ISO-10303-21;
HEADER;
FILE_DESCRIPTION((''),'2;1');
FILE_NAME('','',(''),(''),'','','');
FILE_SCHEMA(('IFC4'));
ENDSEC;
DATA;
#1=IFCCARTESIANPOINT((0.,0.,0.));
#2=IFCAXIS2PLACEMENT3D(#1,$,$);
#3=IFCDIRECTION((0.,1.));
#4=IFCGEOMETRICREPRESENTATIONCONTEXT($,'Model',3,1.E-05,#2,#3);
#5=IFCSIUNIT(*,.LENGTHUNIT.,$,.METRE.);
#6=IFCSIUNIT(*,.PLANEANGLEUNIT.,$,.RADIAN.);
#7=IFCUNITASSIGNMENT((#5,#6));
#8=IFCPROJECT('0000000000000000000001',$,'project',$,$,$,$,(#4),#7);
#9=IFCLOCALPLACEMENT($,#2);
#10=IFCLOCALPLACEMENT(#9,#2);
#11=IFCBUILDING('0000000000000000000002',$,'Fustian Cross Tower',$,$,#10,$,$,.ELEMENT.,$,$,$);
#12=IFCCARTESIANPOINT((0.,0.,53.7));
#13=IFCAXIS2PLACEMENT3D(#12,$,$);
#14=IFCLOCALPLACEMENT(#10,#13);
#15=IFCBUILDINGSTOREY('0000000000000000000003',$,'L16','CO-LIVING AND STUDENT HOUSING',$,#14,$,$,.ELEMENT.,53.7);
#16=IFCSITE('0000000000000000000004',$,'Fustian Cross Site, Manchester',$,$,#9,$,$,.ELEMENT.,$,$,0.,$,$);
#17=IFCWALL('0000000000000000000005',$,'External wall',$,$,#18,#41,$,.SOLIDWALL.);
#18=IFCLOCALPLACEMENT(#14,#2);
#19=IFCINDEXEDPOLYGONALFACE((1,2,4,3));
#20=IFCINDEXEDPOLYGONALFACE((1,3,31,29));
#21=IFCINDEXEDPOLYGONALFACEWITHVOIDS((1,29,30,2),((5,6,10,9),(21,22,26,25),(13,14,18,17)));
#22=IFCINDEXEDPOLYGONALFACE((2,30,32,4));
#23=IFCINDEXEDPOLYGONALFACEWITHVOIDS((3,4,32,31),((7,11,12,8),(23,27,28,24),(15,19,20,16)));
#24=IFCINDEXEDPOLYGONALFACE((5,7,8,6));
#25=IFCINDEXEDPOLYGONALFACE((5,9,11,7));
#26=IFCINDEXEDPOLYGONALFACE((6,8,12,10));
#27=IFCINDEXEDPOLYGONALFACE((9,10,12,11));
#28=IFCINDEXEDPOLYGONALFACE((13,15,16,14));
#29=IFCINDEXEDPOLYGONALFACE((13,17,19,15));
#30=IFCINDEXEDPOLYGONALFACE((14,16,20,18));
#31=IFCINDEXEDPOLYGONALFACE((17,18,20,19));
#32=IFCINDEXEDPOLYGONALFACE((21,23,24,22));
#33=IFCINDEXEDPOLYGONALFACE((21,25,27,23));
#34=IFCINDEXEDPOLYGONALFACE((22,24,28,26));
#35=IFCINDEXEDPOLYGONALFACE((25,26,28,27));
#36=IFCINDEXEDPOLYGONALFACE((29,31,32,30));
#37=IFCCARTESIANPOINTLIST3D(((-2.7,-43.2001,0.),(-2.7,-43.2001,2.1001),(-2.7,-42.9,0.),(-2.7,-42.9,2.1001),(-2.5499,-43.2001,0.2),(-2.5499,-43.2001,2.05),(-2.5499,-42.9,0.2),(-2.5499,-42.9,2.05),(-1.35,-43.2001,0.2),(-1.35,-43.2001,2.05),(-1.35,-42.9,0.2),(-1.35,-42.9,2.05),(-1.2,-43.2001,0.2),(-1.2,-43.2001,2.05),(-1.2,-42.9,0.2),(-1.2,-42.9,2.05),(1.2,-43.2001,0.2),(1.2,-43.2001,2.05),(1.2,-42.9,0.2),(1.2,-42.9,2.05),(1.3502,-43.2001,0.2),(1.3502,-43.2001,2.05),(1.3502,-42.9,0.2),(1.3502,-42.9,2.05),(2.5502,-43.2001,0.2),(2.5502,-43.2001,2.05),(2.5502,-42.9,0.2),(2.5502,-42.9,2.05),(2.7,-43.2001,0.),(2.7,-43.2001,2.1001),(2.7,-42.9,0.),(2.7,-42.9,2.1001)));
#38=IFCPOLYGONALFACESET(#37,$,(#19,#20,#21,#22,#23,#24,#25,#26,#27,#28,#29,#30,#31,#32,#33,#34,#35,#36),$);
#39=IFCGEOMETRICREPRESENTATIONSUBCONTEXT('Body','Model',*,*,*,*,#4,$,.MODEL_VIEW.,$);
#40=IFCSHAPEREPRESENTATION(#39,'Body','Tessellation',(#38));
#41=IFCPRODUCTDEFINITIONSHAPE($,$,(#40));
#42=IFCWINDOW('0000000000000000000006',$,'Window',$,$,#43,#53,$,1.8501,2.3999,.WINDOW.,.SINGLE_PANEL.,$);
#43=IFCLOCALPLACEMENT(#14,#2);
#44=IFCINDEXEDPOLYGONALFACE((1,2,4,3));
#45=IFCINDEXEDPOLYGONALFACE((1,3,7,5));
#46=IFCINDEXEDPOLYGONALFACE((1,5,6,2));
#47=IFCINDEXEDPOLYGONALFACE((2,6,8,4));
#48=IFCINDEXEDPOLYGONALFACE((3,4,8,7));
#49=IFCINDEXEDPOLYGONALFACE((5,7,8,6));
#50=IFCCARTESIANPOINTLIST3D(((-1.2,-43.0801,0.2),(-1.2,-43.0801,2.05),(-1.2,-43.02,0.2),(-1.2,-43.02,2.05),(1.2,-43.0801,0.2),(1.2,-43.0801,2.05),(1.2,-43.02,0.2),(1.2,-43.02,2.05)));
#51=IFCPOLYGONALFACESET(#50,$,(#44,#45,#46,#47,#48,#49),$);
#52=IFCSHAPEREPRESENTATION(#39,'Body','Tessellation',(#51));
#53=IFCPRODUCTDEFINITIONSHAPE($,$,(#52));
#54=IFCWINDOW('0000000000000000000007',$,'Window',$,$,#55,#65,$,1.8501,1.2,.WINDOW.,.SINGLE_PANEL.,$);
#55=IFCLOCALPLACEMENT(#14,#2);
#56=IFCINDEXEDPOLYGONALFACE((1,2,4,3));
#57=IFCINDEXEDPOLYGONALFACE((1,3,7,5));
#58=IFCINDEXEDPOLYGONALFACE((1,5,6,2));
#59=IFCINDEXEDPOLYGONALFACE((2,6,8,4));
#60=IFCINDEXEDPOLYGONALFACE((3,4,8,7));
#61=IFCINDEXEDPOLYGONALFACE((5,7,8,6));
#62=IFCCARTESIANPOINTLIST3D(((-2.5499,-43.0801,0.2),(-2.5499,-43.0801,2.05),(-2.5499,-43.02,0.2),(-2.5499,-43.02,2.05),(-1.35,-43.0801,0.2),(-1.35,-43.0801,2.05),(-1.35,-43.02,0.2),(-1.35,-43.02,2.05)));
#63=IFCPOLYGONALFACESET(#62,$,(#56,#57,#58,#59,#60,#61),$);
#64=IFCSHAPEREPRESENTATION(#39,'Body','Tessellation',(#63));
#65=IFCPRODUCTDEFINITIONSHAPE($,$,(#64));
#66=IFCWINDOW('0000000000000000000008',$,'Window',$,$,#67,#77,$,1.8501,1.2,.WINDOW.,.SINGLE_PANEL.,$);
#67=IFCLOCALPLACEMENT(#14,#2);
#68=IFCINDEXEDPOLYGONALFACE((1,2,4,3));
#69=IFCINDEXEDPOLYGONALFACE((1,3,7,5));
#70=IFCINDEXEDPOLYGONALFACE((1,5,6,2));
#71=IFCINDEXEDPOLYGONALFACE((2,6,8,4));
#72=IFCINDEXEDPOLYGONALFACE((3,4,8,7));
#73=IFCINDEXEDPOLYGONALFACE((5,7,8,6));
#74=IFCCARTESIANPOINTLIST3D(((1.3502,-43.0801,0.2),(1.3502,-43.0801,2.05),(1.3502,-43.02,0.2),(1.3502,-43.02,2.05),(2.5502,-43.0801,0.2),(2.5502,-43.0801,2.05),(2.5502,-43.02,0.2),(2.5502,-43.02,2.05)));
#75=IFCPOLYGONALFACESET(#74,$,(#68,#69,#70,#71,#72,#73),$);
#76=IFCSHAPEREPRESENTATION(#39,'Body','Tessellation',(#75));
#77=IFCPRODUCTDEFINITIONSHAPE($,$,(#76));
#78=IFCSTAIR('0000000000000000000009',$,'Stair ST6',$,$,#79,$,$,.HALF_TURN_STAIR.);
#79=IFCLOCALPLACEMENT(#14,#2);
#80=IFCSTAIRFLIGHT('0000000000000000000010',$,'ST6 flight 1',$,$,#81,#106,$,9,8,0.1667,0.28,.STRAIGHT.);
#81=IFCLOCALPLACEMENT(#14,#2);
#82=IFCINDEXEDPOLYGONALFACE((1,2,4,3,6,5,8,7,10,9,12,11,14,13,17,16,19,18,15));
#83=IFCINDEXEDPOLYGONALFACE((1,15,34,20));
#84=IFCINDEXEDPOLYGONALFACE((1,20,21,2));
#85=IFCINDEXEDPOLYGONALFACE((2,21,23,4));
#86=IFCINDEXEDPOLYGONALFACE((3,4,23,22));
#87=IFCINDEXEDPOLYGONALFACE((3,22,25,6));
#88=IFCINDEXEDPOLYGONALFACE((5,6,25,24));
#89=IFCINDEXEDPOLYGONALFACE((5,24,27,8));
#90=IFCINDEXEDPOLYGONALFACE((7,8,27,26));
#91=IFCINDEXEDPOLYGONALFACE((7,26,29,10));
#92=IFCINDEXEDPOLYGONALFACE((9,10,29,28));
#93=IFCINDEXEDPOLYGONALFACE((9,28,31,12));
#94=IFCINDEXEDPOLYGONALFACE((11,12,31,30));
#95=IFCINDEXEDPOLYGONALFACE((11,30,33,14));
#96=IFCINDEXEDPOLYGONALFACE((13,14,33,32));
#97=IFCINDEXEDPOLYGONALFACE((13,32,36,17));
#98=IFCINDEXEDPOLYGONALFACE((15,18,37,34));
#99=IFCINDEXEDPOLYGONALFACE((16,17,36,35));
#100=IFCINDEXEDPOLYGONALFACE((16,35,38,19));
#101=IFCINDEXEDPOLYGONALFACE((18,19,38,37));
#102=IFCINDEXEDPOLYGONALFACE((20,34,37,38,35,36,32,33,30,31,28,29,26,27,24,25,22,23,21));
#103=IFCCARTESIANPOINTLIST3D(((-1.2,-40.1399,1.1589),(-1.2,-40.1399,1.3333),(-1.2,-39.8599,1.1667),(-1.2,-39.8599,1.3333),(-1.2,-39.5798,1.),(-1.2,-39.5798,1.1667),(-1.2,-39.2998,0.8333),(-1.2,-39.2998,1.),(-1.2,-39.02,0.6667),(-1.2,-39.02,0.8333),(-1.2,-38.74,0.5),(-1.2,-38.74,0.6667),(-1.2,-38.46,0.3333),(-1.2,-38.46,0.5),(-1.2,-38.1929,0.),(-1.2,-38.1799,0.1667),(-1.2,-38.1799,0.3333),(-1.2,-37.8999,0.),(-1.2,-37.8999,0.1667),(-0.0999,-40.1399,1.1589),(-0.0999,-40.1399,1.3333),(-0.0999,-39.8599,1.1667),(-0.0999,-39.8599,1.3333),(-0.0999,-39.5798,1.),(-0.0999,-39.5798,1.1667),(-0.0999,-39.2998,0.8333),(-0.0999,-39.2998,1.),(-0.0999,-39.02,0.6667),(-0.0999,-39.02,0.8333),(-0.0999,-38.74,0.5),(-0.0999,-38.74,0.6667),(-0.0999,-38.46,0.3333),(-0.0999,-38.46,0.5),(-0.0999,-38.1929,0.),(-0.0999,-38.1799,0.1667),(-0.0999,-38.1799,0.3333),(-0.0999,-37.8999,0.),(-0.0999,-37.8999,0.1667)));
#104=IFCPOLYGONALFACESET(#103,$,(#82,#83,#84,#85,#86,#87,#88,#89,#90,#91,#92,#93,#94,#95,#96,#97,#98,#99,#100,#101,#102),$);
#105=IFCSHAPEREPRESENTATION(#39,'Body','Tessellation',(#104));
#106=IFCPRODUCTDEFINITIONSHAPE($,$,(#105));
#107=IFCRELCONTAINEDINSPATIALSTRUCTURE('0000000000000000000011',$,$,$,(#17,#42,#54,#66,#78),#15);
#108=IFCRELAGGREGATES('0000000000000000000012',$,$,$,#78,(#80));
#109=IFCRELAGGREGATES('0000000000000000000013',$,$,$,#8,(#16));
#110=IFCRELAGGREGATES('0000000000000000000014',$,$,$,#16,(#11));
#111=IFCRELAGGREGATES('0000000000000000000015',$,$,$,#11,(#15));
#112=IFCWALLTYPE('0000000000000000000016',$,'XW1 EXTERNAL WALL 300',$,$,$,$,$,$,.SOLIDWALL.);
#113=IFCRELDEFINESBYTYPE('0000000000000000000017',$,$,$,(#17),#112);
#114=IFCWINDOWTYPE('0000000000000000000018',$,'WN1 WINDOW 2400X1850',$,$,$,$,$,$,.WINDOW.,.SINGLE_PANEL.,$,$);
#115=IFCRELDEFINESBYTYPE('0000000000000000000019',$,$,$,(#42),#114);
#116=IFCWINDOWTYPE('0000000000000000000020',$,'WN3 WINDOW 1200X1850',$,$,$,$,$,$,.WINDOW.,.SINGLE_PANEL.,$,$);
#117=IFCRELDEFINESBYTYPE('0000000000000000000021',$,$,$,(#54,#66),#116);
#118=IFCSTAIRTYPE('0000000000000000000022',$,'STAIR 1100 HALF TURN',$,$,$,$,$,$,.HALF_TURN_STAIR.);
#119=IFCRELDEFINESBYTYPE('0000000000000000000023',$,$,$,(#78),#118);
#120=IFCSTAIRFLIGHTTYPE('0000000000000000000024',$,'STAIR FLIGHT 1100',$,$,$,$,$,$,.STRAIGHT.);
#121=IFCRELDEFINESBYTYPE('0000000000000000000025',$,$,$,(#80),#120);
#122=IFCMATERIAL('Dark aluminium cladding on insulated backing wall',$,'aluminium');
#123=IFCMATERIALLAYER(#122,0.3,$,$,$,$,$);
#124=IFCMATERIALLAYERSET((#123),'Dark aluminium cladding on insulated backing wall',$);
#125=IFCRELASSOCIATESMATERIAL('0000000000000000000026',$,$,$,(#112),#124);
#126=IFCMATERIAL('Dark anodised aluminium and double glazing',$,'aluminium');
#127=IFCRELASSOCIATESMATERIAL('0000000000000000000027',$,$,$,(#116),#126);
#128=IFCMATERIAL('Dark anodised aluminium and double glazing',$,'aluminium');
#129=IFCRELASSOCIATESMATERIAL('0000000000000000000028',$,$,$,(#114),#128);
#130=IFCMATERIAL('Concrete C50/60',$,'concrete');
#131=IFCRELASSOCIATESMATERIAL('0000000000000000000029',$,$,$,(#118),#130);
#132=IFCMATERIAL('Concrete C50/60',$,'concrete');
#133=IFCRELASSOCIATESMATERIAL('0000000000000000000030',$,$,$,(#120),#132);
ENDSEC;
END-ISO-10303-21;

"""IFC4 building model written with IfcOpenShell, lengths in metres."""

from ifc_helpers import new_model, si_unit, direction, frame, frame_2d, origin, place, context, subcontext, project, spatial, polyline, rectangle, outline, extrude, material, layer, layer_set, type_object, element, fill, aggregate, save


model = new_model("IFC4")

# Units and contexts
model_context = context("Model", 3, precision=1e-05, world=origin(), true_north=direction((0.0, 1.0)))
body_context = subcontext(model_context, "Body", "Model", "MODEL_VIEW")
ifc_project = project(units=[si_unit("LENGTHUNIT", "METRE"), si_unit("PLANEANGLEUNIT", "RADIAN")], contexts=[model_context])

# Site, building, storey
site_placement = place(None, origin())
site = spatial("IfcSite", under=ifc_project, at=site_placement, Name="Fustian Cross Site, Manchester", CompositionType="ELEMENT", RefElevation=0.0)
building_placement = place(site_placement, origin())
building = spatial("IfcBuilding", under=site, at=building_placement, Name="Fustian Cross Tower", CompositionType="ELEMENT")
storey_placement = place(building_placement, frame((0.0, 0.0, 53.7)))
storey = spatial("IfcBuildingStorey", under=building, at=storey_placement, Name="L16", Description="CO-LIVING AND STUDENT HOUSING", CompositionType="ELEMENT", Elevation=53.7)

# Shared definitions
ifc_material_1 = material(Name="Dark aluminium cladding on insulated backing wall", Category="aluminium")
ifc_layer_1 = layer(ifc_material_1, 0.3)
ifc_layer_set_1 = layer_set([ifc_layer_1], Name="Dark aluminium cladding on insulated backing wall")
wall_type_1 = type_object("IfcWallType", Name="XW1 EXTERNAL WALL 300", PredefinedType="SOLIDWALL", material=ifc_layer_set_1)

# Shared definitions
ifc_material_2 = material(Name="Dark anodised aluminium and double glazing", Category="aluminium")
window_type_1 = type_object("IfcWindowType", Name="WN3 WINDOW 1200X1850", PartitioningType="SINGLE_PANEL", PredefinedType="WINDOW", material=ifc_material_2)

# Wall, openings, windows
wall_1_placement = place(storey_placement, frame((-2.7, -43.05, 0.0), z_axis=(0.0, 0.0, 1.0), x_axis=(1.0, 0.0, 0.0)))
wall_1 = element("IfcWall", 1, at=wall_1_placement, inside=storey, type_object=wall_type_1, Name="External wall", PredefinedType="SOLIDWALL", context=body_context, shape_type="SweptSolid", body=[
    extrude(rectangle(XDim=5.3999, YDim=0.3, at=frame_2d((2.7, 0.0))), origin(), (0.0, 0.0, 1.0), 2.1001),
])
opening_1_placement = place(wall_1_placement, frame((1.5, 0.0, 0.2)))
opening_1 = element("IfcOpeningElement", 2, at=opening_1_placement, cuts=wall_1, PredefinedType="OPENING", context=body_context, shape_type="SweptSolid", body=[
    extrude(rectangle(XDim=2.3999, YDim=1.8501, at=frame_2d((1.2, 0.925))), frame((0.0, 0.1599, 0.0), z_axis=(0.0, -1.0, 0.0), x_axis=(1.0, 0.0, 0.0)), (0.0, 0.0, 1.0), 0.3201),
])
opening_2_placement = place(wall_1_placement, frame((0.1499, 0.0, 0.2)))
opening_2 = element("IfcOpeningElement", 3, at=opening_2_placement, cuts=wall_1, PredefinedType="OPENING", context=body_context, shape_type="SweptSolid", body=[
    extrude(rectangle(XDim=1.2, YDim=1.8501, at=frame_2d((0.6001, 0.925))), frame((0.0, 0.1599, 0.0), z_axis=(0.0, -1.0, 0.0), x_axis=(1.0, 0.0, 0.0)), (0.0, 0.0, 1.0), 0.3201),
])
opening_3_placement = place(wall_1_placement, frame((4.05, 0.0, 0.2)))
opening_3 = element("IfcOpeningElement", 4, at=opening_3_placement, cuts=wall_1, PredefinedType="OPENING", context=body_context, shape_type="SweptSolid", body=[
    extrude(rectangle(XDim=1.2, YDim=1.8501, at=frame_2d((0.6001, 0.925))), frame((0.0, 0.1599, 0.0), z_axis=(0.0, -1.0, 0.0), x_axis=(1.0, 0.0, 0.0)), (0.0, 0.0, 1.0), 0.3201),
])
ifc_material_3 = material(Name="Dark anodised aluminium and double glazing", Category="aluminium")
window_type_2 = type_object("IfcWindowType", Name="WN1 WINDOW 2400X1850", PartitioningType="SINGLE_PANEL", PredefinedType="WINDOW", material=ifc_material_3)
window_1_placement = place(opening_1_placement, origin())
window_1 = element("IfcWindow", 5, at=window_1_placement, inside=storey, type_object=window_type_2, Name="Window", OverallHeight=1.8501, OverallWidth=2.3999, PartitioningType="SINGLE_PANEL", PredefinedType="WINDOW", context=body_context, shape_type="SweptSolid", body=[
    extrude(rectangle(XDim=2.3999, YDim=1.8501, at=frame_2d((1.2, 0.925))), frame((0.0, 0.03, 0.0), z_axis=(0.0, -1.0, 0.0), x_axis=(1.0, 0.0, 0.0)), (0.0, 0.0, 1.0), 0.0601),
])
fill(opening_1, window_1)
window_2_placement = place(opening_2_placement, origin())
window_2 = element("IfcWindow", 6, at=window_2_placement, inside=storey, type_object=window_type_1, Name="Window", OverallHeight=1.8501, OverallWidth=1.2, PartitioningType="SINGLE_PANEL", PredefinedType="WINDOW", context=body_context, shape_type="SweptSolid", body=[
    extrude(rectangle(XDim=1.2, YDim=1.8501, at=frame_2d((0.6001, 0.925))), frame((0.0, 0.03, 0.0), z_axis=(0.0, -1.0, 0.0), x_axis=(1.0, 0.0, 0.0)), (0.0, 0.0, 1.0), 0.0601),
])
fill(opening_2, window_2)
window_3_placement = place(opening_3_placement, origin())
window_3 = element("IfcWindow", 7, at=window_3_placement, inside=storey, type_object=window_type_1, Name="Window", OverallHeight=1.8501, OverallWidth=1.2, PartitioningType="SINGLE_PANEL", PredefinedType="WINDOW", context=body_context, shape_type="SweptSolid", body=[
    extrude(rectangle(XDim=1.2, YDim=1.8501, at=frame_2d((0.6001, 0.925))), frame((0.0, 0.03, 0.0), z_axis=(0.0, -1.0, 0.0), x_axis=(1.0, 0.0, 0.0)), (0.0, 0.0, 1.0), 0.0601),
])
fill(opening_3, window_3)

# Stair, stair flight
ifc_material_4 = material(Name="Concrete C50/60", Category="concrete")
stair_type = type_object("IfcStairType", Name="STAIR 1100 HALF TURN", PredefinedType="HALF_TURN_STAIR", material=ifc_material_4)
stair_placement = place(storey_placement, origin())
stair = element("IfcStair", 8, at=stair_placement, inside=storey, type_object=stair_type, Name="Stair ST6", PredefinedType="HALF_TURN_STAIR")
ifc_material_5 = material(Name="Concrete C50/60", Category="concrete")
stair_flight_type = type_object("IfcStairFlightType", Name="STAIR FLIGHT 1100", PredefinedType="STRAIGHT", material=ifc_material_5)
stair_flight_placement = place(storey_placement, frame((-0.6499, -37.8999, 0.0), z_axis=(0.0, 0.0, 1.0), x_axis=(0.0, -1.0, 0.0)))
stair_flight = element("IfcStairFlight", 9, at=stair_flight_placement, type_object=stair_flight_type, Name="ST6 flight 1", NumberOfRisers=9, NumberOfTreads=8, PredefinedType="STRAIGHT", RiserHeight=0.1667, TreadLength=0.28, context=body_context, shape_type="SweptSolid", body=[
    extrude(outline(polyline([(0.0, 0.0), (0.0, 0.1667), (0.28, 0.1667), (0.28, 0.3333), (0.5601, 0.3333), (0.5601, 0.5), (0.8401, 0.5), (0.8401, 0.6667), (1.1201, 0.6667), (1.1201, 0.8333), (1.3999, 0.8333), (1.3999, 1.0), (1.6799, 1.0), (1.6799, 1.1667), (1.96, 1.1667), (1.96, 1.3333), (2.24, 1.3333), (2.24, 1.5), (2.24, 1.1589), (0.293, 0.0), (0.0, 0.0)])), frame((0.0, 0.55, 0.0), z_axis=(0.0, -1.0, 0.0), x_axis=(1.0, 0.0, 0.0)), (0.0, 0.0, 1.0), 1.1001),
])
aggregate(stair, [stair_flight])

save(model, "model.ifc")
